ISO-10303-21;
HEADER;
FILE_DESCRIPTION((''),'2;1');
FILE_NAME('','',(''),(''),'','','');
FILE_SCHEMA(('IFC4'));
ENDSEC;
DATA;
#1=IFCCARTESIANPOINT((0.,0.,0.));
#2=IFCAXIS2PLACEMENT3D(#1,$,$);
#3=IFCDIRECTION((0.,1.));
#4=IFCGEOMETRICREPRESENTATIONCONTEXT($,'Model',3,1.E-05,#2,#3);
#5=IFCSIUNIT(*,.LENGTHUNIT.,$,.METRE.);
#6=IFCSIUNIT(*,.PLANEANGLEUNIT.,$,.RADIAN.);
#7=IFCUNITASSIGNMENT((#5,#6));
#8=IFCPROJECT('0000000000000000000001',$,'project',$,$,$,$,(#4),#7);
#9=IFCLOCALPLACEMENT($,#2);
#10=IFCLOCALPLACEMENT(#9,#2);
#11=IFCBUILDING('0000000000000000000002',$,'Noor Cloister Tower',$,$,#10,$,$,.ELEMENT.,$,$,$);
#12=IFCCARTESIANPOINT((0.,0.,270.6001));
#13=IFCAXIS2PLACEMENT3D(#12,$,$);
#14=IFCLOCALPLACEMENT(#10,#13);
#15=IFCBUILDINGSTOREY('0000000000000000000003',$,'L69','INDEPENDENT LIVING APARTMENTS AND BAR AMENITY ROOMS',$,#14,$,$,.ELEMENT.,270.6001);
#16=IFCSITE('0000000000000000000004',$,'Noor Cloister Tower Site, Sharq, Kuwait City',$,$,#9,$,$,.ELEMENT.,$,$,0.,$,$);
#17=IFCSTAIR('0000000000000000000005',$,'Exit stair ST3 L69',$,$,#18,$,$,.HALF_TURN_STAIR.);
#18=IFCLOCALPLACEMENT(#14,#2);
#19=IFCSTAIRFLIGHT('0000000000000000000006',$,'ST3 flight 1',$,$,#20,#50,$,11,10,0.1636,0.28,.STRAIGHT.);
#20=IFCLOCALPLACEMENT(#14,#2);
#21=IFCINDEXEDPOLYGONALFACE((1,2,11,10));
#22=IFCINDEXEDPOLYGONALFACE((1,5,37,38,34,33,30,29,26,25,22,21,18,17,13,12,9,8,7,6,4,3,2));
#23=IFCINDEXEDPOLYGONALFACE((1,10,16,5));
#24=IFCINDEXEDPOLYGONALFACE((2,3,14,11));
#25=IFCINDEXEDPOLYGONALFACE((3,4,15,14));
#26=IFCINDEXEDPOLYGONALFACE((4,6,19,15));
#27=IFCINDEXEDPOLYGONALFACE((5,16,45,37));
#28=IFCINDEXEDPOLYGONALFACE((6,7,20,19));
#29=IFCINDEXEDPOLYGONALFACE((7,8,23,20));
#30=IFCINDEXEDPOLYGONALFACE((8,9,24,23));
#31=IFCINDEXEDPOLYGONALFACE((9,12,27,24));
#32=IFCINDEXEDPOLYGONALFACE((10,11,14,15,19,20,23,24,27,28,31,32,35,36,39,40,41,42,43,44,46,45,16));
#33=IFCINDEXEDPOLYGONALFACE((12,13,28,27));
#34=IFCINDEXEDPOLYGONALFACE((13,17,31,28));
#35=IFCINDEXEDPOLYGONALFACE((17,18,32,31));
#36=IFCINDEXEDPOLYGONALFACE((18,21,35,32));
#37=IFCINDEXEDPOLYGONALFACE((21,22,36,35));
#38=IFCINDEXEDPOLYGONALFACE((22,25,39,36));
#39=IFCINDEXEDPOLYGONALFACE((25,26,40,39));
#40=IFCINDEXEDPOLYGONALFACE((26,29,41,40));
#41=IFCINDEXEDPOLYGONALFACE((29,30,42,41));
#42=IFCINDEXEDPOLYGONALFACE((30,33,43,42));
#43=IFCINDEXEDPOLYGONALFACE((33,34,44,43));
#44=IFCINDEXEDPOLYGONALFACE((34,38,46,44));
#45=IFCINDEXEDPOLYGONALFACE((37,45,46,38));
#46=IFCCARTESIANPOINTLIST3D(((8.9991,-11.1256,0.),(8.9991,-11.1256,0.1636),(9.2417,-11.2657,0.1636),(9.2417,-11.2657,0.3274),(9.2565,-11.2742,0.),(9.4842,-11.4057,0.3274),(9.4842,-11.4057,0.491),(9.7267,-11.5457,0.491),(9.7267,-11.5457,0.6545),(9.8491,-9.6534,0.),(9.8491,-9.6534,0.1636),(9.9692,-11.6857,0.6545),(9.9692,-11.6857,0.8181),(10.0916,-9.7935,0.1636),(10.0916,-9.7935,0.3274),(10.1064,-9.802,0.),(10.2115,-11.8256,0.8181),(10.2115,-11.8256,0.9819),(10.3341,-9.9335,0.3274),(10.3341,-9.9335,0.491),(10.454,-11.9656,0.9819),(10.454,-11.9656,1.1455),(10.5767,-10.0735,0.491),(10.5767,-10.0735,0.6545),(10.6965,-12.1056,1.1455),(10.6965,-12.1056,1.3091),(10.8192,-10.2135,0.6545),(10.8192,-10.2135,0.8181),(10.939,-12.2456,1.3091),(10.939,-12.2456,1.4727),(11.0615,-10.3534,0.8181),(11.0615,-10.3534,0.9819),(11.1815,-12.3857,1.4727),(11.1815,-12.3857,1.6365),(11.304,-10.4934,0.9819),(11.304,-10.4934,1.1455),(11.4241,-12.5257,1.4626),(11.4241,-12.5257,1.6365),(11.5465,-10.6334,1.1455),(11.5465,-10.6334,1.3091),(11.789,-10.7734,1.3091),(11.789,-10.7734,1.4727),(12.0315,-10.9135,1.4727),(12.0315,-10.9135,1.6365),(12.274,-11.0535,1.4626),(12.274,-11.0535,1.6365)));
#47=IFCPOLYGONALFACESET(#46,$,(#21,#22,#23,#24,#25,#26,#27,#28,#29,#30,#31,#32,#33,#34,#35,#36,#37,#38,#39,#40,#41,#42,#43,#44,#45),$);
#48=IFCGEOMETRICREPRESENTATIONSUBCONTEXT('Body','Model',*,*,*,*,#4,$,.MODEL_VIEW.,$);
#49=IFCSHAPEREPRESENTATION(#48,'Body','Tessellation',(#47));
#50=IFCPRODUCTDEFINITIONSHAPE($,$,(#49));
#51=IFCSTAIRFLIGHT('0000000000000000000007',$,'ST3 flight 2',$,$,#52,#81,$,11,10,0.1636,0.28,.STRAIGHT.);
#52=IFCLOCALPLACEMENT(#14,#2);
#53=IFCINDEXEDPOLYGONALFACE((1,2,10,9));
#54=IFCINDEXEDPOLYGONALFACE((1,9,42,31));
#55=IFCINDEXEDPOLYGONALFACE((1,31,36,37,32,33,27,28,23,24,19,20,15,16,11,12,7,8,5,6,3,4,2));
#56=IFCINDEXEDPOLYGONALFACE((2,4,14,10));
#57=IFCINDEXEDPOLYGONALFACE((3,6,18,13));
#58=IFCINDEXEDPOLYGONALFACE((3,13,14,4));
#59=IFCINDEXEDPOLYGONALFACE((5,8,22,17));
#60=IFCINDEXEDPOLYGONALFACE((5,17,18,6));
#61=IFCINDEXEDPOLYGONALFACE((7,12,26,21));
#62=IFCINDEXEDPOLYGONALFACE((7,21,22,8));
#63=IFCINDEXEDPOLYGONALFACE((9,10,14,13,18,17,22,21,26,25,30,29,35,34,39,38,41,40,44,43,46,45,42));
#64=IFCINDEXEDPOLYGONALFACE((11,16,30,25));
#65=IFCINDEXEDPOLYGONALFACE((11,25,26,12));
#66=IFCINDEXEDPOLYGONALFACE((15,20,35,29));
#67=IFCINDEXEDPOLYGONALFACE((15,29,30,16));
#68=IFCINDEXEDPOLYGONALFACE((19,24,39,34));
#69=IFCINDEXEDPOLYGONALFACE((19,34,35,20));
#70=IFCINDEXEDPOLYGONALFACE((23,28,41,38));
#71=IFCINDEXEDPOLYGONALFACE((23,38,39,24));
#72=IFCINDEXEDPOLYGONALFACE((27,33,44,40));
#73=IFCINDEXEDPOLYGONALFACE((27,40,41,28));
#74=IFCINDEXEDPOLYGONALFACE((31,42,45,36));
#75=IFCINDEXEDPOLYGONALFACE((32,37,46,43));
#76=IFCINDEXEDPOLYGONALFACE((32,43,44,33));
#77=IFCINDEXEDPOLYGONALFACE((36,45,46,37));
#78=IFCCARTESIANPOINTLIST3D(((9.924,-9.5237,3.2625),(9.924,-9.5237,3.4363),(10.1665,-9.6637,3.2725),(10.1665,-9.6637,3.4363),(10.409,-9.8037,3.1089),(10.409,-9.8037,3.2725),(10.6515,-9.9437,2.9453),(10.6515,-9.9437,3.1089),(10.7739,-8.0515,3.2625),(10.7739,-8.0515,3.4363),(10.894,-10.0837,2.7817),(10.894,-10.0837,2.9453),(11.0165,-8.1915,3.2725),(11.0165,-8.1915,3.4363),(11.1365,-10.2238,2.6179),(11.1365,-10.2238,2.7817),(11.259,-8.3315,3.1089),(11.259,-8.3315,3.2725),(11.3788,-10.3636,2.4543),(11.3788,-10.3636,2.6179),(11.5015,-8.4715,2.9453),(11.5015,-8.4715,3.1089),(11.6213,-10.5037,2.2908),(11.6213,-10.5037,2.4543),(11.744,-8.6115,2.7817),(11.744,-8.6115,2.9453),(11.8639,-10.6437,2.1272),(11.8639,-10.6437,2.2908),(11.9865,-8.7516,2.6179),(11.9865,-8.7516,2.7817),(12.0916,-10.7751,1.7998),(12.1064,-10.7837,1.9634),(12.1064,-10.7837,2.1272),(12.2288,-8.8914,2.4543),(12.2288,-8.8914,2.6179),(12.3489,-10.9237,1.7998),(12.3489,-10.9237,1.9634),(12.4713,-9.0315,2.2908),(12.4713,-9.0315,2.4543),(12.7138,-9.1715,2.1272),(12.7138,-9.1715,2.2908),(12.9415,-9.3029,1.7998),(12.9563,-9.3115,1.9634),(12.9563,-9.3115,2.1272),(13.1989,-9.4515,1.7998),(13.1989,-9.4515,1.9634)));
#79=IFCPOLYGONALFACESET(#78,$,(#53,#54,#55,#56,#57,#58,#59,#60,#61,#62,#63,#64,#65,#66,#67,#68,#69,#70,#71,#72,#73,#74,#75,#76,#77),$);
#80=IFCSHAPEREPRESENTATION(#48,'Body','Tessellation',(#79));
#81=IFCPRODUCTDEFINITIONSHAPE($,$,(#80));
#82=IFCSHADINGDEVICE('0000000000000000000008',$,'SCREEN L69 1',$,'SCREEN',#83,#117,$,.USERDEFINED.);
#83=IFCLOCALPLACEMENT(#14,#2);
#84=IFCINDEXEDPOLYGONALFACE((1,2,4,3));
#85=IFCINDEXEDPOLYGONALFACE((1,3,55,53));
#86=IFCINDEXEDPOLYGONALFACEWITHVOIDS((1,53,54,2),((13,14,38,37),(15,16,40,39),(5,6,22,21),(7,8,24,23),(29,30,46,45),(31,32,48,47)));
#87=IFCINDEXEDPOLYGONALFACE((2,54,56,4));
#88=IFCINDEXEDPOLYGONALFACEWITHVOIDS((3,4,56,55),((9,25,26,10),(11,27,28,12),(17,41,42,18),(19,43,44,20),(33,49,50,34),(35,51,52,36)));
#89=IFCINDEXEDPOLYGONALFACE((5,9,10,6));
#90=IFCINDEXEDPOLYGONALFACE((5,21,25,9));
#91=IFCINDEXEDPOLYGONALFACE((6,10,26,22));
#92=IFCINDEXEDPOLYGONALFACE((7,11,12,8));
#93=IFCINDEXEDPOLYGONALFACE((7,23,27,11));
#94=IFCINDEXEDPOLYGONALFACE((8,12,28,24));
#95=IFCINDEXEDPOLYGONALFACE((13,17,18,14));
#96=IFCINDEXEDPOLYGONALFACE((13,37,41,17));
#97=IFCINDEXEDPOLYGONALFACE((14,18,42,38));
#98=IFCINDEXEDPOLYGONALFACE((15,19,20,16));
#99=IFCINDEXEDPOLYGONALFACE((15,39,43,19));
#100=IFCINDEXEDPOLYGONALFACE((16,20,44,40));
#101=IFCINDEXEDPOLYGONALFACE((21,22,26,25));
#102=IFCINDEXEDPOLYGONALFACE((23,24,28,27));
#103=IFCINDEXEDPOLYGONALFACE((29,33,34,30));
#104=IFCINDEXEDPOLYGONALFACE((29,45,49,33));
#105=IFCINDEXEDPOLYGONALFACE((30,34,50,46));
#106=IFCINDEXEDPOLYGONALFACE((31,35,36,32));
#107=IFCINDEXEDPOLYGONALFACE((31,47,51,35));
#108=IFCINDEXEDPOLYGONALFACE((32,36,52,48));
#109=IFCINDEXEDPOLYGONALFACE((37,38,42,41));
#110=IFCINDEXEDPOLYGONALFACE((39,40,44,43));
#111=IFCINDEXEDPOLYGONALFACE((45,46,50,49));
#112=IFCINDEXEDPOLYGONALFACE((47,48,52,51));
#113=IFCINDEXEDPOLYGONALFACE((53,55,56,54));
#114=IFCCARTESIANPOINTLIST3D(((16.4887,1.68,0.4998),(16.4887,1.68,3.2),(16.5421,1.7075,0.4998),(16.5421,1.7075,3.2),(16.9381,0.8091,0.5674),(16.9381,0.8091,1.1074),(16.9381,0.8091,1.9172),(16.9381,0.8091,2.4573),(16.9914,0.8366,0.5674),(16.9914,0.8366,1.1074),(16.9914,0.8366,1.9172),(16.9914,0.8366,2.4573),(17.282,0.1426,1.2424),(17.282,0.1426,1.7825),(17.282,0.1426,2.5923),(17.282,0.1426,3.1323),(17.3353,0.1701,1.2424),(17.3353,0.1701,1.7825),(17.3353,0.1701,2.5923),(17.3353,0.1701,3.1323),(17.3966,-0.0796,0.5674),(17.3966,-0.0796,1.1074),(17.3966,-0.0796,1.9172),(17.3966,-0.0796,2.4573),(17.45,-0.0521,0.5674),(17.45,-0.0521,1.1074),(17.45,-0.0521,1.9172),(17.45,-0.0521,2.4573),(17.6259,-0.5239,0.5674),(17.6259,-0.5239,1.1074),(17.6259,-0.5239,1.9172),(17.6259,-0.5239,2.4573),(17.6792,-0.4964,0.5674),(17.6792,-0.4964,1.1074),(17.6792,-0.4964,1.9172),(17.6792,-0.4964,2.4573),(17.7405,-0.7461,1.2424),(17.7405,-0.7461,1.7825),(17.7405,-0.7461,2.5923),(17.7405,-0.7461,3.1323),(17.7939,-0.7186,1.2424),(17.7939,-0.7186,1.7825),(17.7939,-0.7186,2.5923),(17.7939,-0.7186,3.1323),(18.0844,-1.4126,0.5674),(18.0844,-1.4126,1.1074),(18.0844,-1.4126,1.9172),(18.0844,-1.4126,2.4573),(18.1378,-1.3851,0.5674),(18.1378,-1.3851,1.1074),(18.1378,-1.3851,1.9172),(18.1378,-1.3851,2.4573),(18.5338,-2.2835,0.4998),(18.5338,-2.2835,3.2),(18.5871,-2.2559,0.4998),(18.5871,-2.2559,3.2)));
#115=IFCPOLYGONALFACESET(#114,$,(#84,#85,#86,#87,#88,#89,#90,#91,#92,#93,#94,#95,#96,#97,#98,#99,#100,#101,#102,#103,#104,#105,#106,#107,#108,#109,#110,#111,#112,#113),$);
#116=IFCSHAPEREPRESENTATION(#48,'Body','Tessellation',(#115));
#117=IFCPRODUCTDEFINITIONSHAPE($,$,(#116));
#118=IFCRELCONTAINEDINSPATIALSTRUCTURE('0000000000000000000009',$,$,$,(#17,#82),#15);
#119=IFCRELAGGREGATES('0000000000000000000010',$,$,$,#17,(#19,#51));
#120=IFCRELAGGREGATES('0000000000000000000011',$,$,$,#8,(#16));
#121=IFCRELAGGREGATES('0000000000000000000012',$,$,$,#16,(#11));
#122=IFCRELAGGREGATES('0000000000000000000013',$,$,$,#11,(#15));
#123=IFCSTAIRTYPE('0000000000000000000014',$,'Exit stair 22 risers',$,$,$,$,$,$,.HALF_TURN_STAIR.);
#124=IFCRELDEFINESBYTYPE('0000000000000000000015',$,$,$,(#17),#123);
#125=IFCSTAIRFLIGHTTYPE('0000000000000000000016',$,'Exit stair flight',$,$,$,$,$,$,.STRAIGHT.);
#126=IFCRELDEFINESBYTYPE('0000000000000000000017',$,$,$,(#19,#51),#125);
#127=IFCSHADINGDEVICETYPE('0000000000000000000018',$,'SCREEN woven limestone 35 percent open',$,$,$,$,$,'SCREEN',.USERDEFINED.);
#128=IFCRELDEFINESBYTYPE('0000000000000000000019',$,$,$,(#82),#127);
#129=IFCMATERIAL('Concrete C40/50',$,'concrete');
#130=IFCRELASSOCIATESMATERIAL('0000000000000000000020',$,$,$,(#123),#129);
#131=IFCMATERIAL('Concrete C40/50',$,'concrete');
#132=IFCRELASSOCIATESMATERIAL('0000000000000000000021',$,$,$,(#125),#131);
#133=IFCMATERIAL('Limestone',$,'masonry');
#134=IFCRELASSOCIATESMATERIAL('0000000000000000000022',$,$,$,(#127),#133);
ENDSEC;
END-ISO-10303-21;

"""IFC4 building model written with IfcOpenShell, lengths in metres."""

from ifc_helpers import new_model, si_unit, direction, frame, origin, place, context, subcontext, project, spatial, polyline, outline, extrude, material, material_profile, profile_set, type_object, element, aggregate, save


model = new_model("IFC4")

# Units and contexts
model_context = context("Model", 3, precision=1e-05, world=origin(), true_north=direction((0.0, 1.0)))
body_context = subcontext(model_context, "Body", "Model", "MODEL_VIEW")
ifc_project = project(units=[si_unit("LENGTHUNIT", "METRE"), si_unit("PLANEANGLEUNIT", "RADIAN")], contexts=[model_context])

# Site, building, storey
site_placement = place(None, origin())
site = spatial("IfcSite", under=ifc_project, at=site_placement, Name="Noor Cloister Tower Site, Sharq, Kuwait City", CompositionType="ELEMENT", RefElevation=0.0)
building_placement = place(site_placement, origin())
building = spatial("IfcBuilding", under=site, at=building_placement, Name="Noor Cloister Tower", CompositionType="ELEMENT")
storey_placement = place(building_placement, frame((0.0, 0.0, 270.6001)))
storey = spatial("IfcBuildingStorey", under=building, at=storey_placement, Name="L69", Description="INDEPENDENT LIVING APARTMENTS AND BAR AMENITY ROOMS", CompositionType="ELEMENT", Elevation=270.6001)

# Stair, stair flights
ifc_material_1 = material(Name="Concrete C40/50", Category="concrete")
stair_type = type_object("IfcStairType", Name="Exit stair 22 risers", PredefinedType="HALF_TURN_STAIR", material=ifc_material_1)
stair_placement = place(storey_placement, origin())
stair = element("IfcStair", 1, at=stair_placement, inside=storey, type_object=stair_type, Name="Exit stair ST3 L69", PredefinedType="HALF_TURN_STAIR")
ifc_material_2 = material(Name="Concrete C40/50", Category="concrete")
stair_flight_type = type_object("IfcStairFlightType", Name="Exit stair flight", PredefinedType="STRAIGHT", material=ifc_material_2)
stair_flight_1_placement = place(storey_placement, frame((9.4241, -10.3896, 0.0), z_axis=(0.0, 0.0, 1.0), x_axis=(0.866025, -0.5, 0.0)))
stair_flight_1 = element("IfcStairFlight", 2, at=stair_flight_1_placement, type_object=stair_flight_type, Name="ST3 flight 1", NumberOfRisers=11, NumberOfTreads=10, PredefinedType="STRAIGHT", RiserHeight=0.1636, TreadLength=0.28, context=body_context, shape_type="SweptSolid", body=[
    extrude(outline(polyline([(0.0, 0.0), (0.0, 0.1636), (0.28, 0.1636), (0.28, 0.3274), (0.5601, 0.3274), (0.5601, 0.491), (0.8401, 0.491), (0.8401, 0.6545), (1.1201, 0.6545), (1.1201, 0.8181), (1.3999, 0.8181), (1.3999, 0.9819), (1.6799, 0.9819), (1.6799, 1.1455), (1.96, 1.1455), (1.96, 1.3091), (2.24, 1.3091), (2.24, 1.4727), (2.52, 1.4727), (2.52, 1.6365), (2.8, 1.6365), (2.8, 1.8), (2.8, 1.4626), (0.2971, 0.0), (0.0, 0.0)])), frame((0.0, 0.8501, 0.0), z_axis=(0.0, -1.0, 0.0), x_axis=(1.0, 0.0, 0.0)), (0.0, 0.0, 1.0), 1.7),
])
stair_flight_2_placement = place(storey_placement, frame((12.7739, -10.1875, 1.7998), z_axis=(0.0, 0.0, 1.0), x_axis=(-0.866025, 0.5, 0.0)))
stair_flight_2 = element("IfcStairFlight", 3, at=stair_flight_2_placement, type_object=stair_flight_type, Name="ST3 flight 2", NumberOfRisers=11, NumberOfTreads=10, PredefinedType="STRAIGHT", RiserHeight=0.1636, TreadLength=0.28, context=body_context, shape_type="SweptSolid", body=[
    extrude(outline(polyline([(0.0, 0.0), (0.0, 0.1636), (0.28, 0.1636), (0.28, 0.3274), (0.5601, 0.3274), (0.5601, 0.491), (0.8401, 0.491), (0.8401, 0.6545), (1.1201, 0.6545), (1.1201, 0.8181), (1.3999, 0.8181), (1.3999, 0.9819), (1.6799, 0.9819), (1.6799, 1.1455), (1.96, 1.1455), (1.96, 1.3091), (2.24, 1.3091), (2.24, 1.4727), (2.52, 1.4727), (2.52, 1.6365), (2.8, 1.6365), (2.8, 1.8), (2.8, 1.4626), (0.2971, 0.0), (0.0, 0.0)])), frame((0.0, 0.8501, 0.0), z_axis=(0.0, -1.0, 0.0), x_axis=(1.0, 0.0, 0.0)), (0.0, 0.0, 1.0), 1.7),
])
aggregate(stair, [stair_flight_1, stair_flight_2])

# Shading device
ifc_material_3 = material(Name="Limestone", Category="masonry")
ifc_material_profile_1 = material_profile(ifc_material_3, outline(polyline([(-2.23, -1.3501), (2.23, -1.3501), (2.23, 1.3501), (-2.23, 1.3501), (-2.23, -1.3501)]), holes=[polyline([(-1.25, -1.2825), (-0.25, -1.2825), (-0.25, -0.7424), (-1.25, -0.7424), (-1.25, -1.2825)]), polyline([(0.25, -1.2825), (1.25, -1.2825), (1.25, -0.7424), (0.25, -0.7424), (0.25, -1.2825)]), polyline([(-0.5, -0.6074), (0.5, -0.6074), (0.5, -0.0674), (-0.5, -0.0674), (-0.5, -0.6074)]), polyline([(-1.25, 0.0674), (-0.25, 0.0674), (-0.25, 0.6074), (-1.25, 0.6074), (-1.25, 0.0674)]), polyline([(0.25, 0.0674), (1.25, 0.0674), (1.25, 0.6074), (0.25, 0.6074), (0.25, 0.0674)]), polyline([(-0.5, 0.7424), (0.5, 0.7424), (0.5, 1.2825), (-0.5, 1.2825), (-0.5, 0.7424)])]), Name="Woven screen 35 percent open")
ifc_profile_set_1 = profile_set([ifc_material_profile_1], Name="Limestone")
shading_device_type = type_object("IfcShadingDeviceType", Name="SCREEN woven limestone 35 percent open", ElementType="SCREEN", PredefinedType="USERDEFINED", material=ifc_profile_set_1)
shading_device_placement = place(storey_placement, frame((17.5112, -0.3018, 1.8499), z_axis=(0.888674, 0.45854, 0.0), x_axis=(-0.45854, 0.888674, 0.0)))
element("IfcShadingDevice", 4, at=shading_device_placement, inside=storey, type_object=shading_device_type, Name="SCREEN L69 1", ObjectType="SCREEN", PredefinedType="USERDEFINED", context=body_context, shape_type="SweptSolid", body=[
    extrude(outline(polyline([(-2.23, -1.3501), (2.23, -1.3501), (2.23, 1.3501), (-2.23, 1.3501), (-2.23, -1.3501)]), holes=[polyline([(-1.25, -1.2825), (-0.25, -1.2825), (-0.25, -0.7424), (-1.25, -0.7424), (-1.25, -1.2825)]), polyline([(0.25, -1.2825), (1.25, -1.2825), (1.25, -0.7424), (0.25, -0.7424), (0.25, -1.2825)]), polyline([(-0.5, -0.6074), (0.5, -0.6074), (0.5, -0.0674), (-0.5, -0.0674), (-0.5, -0.6074)]), polyline([(-1.25, 0.0674), (-0.25, 0.0674), (-0.25, 0.6074), (-1.25, 0.6074), (-1.25, 0.0674)]), polyline([(0.25, 0.0674), (1.25, 0.0674), (1.25, 0.6074), (0.25, 0.6074), (0.25, 0.0674)]), polyline([(-0.5, 0.7424), (0.5, 0.7424), (0.5, 1.2825), (-0.5, 1.2825), (-0.5, 0.7424)])]), origin(), (0.0, 0.0, 1.0), 0.0601),
])

save(model, "model.ifc")
